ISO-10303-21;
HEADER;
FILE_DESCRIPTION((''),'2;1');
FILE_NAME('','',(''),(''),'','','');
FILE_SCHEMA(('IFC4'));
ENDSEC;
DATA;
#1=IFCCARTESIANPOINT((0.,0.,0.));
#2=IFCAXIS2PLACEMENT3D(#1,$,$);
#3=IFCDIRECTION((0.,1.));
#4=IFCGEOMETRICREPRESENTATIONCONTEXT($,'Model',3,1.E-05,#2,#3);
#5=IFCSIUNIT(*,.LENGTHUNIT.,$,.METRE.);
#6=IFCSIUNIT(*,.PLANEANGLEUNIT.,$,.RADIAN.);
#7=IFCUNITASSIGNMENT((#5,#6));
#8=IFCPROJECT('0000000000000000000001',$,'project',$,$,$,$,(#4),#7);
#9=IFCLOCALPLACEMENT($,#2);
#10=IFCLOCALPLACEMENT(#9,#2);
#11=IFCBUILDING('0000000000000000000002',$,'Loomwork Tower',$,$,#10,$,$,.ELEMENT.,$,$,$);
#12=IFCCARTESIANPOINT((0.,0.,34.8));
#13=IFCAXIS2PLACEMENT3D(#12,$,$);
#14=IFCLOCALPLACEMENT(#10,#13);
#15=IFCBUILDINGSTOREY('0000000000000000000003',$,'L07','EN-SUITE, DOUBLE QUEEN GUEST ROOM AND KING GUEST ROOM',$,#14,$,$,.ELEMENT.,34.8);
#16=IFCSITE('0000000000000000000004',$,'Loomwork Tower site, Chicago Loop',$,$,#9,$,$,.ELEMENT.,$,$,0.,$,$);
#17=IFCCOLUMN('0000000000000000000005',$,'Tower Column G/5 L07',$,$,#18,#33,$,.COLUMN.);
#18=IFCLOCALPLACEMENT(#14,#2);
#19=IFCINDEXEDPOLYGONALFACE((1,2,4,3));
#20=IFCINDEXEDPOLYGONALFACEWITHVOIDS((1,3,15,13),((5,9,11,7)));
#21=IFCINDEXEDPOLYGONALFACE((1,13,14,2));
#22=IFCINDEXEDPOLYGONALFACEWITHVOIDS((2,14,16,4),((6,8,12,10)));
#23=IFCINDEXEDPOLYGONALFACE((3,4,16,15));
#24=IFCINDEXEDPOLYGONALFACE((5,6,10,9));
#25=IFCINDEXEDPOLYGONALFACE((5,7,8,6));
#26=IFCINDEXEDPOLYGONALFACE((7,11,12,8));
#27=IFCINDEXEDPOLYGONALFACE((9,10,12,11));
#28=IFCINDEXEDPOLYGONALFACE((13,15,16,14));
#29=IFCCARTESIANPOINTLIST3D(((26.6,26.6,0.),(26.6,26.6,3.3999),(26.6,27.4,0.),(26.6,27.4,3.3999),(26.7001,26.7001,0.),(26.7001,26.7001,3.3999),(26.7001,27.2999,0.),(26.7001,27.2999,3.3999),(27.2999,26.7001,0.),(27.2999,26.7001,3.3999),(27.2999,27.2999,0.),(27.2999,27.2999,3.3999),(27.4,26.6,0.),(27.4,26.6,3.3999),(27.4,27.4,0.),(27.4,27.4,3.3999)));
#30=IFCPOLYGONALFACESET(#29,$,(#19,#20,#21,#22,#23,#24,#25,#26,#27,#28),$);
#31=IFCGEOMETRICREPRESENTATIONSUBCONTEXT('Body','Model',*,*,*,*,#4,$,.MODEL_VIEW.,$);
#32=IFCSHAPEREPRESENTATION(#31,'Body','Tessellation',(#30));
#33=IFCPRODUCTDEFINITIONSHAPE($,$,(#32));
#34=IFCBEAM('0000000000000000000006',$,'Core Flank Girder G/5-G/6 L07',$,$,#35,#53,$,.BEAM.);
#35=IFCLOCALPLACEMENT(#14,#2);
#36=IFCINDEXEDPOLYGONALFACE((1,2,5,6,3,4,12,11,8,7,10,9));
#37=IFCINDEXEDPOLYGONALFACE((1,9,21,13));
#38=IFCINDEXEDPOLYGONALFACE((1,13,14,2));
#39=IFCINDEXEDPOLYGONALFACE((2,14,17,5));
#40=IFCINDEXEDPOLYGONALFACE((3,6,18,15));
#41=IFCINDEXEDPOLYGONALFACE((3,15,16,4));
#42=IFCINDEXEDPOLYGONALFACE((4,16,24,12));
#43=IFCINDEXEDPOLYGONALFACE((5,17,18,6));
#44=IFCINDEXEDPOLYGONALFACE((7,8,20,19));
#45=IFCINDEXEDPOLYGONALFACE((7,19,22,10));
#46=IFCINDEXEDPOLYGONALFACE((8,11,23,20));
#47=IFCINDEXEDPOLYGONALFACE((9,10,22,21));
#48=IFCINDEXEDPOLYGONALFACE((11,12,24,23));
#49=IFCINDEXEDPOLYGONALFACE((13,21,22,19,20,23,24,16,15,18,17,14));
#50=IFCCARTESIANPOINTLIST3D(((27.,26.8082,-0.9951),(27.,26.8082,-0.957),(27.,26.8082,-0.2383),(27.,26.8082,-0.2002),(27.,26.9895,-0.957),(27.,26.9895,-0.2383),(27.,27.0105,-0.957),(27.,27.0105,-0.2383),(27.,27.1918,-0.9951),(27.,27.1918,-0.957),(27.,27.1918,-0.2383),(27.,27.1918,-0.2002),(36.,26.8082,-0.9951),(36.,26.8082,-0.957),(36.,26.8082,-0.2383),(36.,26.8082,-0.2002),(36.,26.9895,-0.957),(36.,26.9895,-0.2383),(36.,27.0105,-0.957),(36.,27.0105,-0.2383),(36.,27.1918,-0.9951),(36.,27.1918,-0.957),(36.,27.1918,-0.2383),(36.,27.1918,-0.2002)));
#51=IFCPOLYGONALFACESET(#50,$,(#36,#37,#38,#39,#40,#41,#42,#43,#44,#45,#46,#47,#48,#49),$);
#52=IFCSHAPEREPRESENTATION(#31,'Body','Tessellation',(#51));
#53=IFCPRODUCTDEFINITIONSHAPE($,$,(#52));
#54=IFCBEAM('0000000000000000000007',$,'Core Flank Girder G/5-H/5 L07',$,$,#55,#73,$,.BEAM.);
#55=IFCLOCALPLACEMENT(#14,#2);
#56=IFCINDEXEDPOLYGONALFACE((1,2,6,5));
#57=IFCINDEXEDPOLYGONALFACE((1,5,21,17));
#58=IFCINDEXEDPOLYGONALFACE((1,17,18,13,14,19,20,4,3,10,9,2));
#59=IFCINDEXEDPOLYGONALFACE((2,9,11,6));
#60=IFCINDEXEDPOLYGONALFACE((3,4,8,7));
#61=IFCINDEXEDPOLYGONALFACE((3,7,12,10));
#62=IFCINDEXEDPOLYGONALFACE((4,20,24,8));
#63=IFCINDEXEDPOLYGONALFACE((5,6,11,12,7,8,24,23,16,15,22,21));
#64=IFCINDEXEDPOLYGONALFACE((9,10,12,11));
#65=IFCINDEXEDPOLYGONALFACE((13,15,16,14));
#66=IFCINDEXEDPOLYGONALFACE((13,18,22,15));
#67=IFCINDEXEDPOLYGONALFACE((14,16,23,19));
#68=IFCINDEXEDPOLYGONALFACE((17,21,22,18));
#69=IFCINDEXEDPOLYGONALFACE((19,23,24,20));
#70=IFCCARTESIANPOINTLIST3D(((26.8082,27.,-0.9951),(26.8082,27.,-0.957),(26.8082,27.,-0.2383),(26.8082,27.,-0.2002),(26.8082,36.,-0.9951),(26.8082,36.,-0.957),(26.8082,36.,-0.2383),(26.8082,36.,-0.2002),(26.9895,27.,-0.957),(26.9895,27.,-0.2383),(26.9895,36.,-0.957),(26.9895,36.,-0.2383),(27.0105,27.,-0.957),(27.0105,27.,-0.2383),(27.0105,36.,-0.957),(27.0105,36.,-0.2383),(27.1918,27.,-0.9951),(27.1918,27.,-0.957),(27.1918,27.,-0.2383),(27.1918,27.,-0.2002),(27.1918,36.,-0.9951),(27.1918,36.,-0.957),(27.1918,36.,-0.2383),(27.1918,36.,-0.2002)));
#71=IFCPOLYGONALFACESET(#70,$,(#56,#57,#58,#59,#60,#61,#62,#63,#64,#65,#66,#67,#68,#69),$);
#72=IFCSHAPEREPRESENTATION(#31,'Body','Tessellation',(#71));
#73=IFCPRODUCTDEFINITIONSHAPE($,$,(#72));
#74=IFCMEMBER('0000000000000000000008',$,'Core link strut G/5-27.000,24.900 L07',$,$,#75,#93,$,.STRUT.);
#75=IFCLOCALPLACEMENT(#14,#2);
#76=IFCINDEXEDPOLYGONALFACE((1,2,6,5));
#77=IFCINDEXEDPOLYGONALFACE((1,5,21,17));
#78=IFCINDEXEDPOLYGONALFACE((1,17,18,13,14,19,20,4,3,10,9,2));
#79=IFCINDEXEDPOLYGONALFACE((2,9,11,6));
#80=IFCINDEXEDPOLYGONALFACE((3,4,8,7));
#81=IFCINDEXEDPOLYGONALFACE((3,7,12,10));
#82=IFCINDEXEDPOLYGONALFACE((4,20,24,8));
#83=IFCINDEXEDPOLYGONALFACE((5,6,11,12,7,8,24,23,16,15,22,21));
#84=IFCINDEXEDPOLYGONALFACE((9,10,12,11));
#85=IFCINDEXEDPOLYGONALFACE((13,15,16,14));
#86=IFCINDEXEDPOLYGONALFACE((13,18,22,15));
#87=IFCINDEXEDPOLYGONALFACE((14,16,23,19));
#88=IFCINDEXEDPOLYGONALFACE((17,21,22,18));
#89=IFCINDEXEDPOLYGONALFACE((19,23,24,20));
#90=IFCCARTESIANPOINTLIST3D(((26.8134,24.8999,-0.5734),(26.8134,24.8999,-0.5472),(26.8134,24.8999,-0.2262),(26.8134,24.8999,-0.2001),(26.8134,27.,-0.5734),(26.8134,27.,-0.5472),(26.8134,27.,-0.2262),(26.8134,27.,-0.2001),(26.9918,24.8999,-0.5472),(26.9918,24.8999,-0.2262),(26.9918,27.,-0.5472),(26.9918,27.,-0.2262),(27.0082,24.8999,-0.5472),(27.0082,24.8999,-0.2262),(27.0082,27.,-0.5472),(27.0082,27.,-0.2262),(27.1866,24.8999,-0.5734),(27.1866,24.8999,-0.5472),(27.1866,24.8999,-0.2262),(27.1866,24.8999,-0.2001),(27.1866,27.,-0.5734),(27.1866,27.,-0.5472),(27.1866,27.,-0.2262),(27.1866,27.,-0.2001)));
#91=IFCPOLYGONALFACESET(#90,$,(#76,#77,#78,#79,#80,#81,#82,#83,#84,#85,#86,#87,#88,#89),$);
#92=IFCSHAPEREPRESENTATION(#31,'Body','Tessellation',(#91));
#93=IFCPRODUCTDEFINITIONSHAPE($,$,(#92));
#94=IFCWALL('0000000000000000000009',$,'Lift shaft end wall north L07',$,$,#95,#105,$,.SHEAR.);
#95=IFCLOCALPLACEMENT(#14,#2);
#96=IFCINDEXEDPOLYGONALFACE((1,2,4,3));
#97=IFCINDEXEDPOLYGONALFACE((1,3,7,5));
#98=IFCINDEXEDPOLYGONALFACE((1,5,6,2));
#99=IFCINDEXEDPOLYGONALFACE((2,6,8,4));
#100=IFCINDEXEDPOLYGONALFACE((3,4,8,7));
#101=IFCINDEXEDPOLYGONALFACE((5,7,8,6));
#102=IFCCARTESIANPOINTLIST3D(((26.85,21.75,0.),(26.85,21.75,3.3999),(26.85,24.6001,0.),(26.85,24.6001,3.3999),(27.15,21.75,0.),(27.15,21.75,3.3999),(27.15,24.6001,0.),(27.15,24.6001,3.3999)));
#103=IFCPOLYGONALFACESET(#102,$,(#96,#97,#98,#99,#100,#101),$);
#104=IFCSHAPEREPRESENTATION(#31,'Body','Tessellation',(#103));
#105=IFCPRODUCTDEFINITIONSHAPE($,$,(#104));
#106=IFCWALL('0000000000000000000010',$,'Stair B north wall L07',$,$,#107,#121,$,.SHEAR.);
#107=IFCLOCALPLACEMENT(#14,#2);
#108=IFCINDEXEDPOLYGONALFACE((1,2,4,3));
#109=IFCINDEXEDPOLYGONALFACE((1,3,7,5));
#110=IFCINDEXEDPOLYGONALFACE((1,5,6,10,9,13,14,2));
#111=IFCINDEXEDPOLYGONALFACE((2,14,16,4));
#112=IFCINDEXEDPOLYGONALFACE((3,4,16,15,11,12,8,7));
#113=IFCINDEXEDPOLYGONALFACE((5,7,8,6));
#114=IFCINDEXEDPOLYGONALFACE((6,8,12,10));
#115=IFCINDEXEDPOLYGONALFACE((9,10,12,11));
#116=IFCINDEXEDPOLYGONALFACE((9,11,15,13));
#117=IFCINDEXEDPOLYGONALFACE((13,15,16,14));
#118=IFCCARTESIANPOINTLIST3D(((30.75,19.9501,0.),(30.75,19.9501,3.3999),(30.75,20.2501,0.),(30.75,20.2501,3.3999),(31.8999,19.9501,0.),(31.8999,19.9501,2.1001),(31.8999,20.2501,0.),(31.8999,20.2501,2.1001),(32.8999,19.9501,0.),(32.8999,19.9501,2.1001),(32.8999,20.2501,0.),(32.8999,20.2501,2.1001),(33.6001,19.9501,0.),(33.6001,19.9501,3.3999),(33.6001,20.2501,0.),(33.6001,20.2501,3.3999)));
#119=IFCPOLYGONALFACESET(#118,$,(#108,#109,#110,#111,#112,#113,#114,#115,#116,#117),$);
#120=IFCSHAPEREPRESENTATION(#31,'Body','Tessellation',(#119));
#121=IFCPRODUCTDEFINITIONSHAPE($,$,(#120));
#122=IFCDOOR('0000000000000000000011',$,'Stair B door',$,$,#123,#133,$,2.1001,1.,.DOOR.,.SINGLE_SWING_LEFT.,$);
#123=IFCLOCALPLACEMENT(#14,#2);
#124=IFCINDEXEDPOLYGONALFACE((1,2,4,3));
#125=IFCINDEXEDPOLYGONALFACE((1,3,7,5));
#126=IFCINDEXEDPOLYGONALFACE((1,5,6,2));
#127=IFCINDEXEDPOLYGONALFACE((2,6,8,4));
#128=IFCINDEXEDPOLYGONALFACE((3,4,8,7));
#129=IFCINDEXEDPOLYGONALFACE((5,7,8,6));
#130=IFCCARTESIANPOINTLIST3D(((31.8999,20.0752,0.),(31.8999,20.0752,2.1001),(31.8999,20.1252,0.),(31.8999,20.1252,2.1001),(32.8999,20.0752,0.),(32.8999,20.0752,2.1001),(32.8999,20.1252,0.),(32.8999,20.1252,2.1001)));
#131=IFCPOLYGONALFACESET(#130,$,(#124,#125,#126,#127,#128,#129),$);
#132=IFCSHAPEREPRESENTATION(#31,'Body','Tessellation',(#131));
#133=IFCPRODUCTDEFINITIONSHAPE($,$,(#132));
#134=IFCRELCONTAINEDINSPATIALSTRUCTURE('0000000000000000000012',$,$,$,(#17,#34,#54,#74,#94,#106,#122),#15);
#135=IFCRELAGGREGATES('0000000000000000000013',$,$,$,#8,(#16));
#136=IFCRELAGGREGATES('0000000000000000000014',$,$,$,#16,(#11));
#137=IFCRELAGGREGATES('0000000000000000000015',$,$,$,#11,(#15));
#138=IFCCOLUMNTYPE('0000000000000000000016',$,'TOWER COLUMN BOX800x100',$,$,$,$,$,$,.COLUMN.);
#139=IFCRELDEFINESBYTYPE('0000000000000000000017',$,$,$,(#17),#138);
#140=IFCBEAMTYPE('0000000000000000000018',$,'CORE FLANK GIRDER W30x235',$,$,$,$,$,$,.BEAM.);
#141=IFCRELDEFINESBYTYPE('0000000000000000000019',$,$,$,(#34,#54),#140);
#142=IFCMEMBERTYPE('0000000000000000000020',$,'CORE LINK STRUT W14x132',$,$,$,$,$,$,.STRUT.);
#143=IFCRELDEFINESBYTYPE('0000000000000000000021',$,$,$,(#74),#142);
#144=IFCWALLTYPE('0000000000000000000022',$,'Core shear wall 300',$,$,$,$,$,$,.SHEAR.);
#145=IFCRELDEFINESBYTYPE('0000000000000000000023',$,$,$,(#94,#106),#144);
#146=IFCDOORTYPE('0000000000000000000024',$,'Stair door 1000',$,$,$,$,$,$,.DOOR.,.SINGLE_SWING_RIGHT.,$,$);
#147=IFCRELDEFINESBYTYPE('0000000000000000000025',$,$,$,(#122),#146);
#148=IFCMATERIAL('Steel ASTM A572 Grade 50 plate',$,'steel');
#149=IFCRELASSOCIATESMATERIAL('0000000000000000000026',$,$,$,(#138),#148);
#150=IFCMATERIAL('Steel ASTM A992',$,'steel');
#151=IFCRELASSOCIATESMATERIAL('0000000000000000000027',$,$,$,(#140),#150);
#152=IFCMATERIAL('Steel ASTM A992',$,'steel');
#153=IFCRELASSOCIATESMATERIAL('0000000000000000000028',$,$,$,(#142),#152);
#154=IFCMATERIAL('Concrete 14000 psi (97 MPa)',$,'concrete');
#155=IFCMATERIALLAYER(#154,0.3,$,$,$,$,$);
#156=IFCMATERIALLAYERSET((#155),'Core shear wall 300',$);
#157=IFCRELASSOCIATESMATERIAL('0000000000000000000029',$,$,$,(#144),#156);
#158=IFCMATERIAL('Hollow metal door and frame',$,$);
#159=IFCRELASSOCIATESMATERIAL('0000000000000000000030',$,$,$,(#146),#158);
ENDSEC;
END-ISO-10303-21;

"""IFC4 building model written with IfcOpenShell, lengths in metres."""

from ifc_helpers import new_model, si_unit, direction, frame, frame_2d, origin, origin_2d, place, context, subcontext, project, spatial, rectangle, hollow_rectangle, i_section, extrude, material, layer, layer_set, material_profile, profile_set, type_object, element, fill, save


model = new_model("IFC4")

# Units and contexts
model_context = context("Model", 3, precision=1e-05, world=origin(), true_north=direction((0.0, 1.0)))
body_context = subcontext(model_context, "Body", "Model", "MODEL_VIEW")
ifc_project = project(units=[si_unit("LENGTHUNIT", "METRE"), si_unit("PLANEANGLEUNIT", "RADIAN")], contexts=[model_context])

# Site, building, storey
site_placement = place(None, origin())
site = spatial("IfcSite", under=ifc_project, at=site_placement, Name="Loomwork Tower site, Chicago Loop", CompositionType="ELEMENT", RefElevation=0.0)
building_placement = place(site_placement, origin())
building = spatial("IfcBuilding", under=site, at=building_placement, Name="Loomwork Tower", CompositionType="ELEMENT")
storey_placement = place(building_placement, frame((0.0, 0.0, 34.8)))
storey = spatial("IfcBuildingStorey", under=building, at=storey_placement, Name="L07", Description="EN-SUITE, DOUBLE QUEEN GUEST ROOM AND KING GUEST ROOM", CompositionType="ELEMENT", Elevation=34.8)

# Column
ifc_material_1 = material(Name="Steel ASTM A572 Grade 50 plate", Category="steel")
ifc_material_profile_1 = material_profile(ifc_material_1, hollow_rectangle(XDim=0.8, YDim=0.8, WallThickness=0.1001, at=origin_2d()), Name="BOX800x100")
ifc_profile_set_1 = profile_set([ifc_material_profile_1], Name="Steel ASTM A572 Grade 50 plate")
column_type = type_object("IfcColumnType", Name="TOWER COLUMN BOX800x100", PredefinedType="COLUMN", material=ifc_profile_set_1)
column_placement = place(storey_placement, frame((27.0, 27.0, 0.0), z_axis=(0.0, 0.0, 1.0), x_axis=(1.0, 0.0, 0.0)))
element("IfcColumn", 1, at=column_placement, inside=storey, type_object=column_type, Name="Tower Column G/5 L07", PredefinedType="COLUMN", context=body_context, shape_type="SweptSolid", body=[
    extrude(hollow_rectangle(XDim=0.8, YDim=0.8, WallThickness=0.1001, at=origin_2d()), origin(), (0.0, 0.0, 1.0), 3.3999),
])

# Beams
ifc_material_2 = material(Name="Steel ASTM A992", Category="steel")
ifc_material_profile_2 = material_profile(ifc_material_2, i_section(OverallWidth=0.3835, OverallDepth=0.7949, WebThickness=0.021, FlangeThickness=0.0381, at=origin_2d()), Name="W30x235")
ifc_profile_set_2 = profile_set([ifc_material_profile_2], Name="Steel ASTM A992")
beam_type = type_object("IfcBeamType", Name="CORE FLANK GIRDER W30x235", PredefinedType="BEAM", material=ifc_profile_set_2)
for number, where, z_axis, x_axis, name in (
    (2, (27.0, 27.0, -0.5977), (1.0, 0.0, 0.0), (0.0, 1.0, 0.0), "Core Flank Girder G/5-G/6 L07"),
    (3, (27.0, 27.0, -0.5977), (0.0, 1.0, 0.0), (-1.0, 0.0, 0.0), "Core Flank Girder G/5-H/5 L07"),
):
    element("IfcBeam", number, at=place(storey_placement, frame(where, z_axis=z_axis, x_axis=x_axis)), inside=storey, type_object=beam_type, Name=name, PredefinedType="BEAM", context=body_context, shape_type="SweptSolid", body=[
        extrude(i_section(OverallWidth=0.3835, OverallDepth=0.7949, WebThickness=0.021, FlangeThickness=0.0381, at=origin_2d()), origin(), (0.0, 0.0, 1.0), 9.0),
    ])

# Member
ifc_material_3 = material(Name="Steel ASTM A992", Category="steel")
ifc_material_profile_3 = material_profile(ifc_material_3, i_section(OverallWidth=0.3733, OverallDepth=0.3733, WebThickness=0.0164, FlangeThickness=0.0261, at=origin_2d()), Name="W14x132")
ifc_profile_set_3 = profile_set([ifc_material_profile_3], Name="Steel ASTM A992")
member_type = type_object("IfcMemberType", Name="CORE LINK STRUT W14x132", PredefinedType="STRUT", material=ifc_profile_set_3)
member_placement = place(storey_placement, frame((27.0, 27.0, -0.3867), z_axis=(0.0, -1.0, 0.0), x_axis=(1.0, 0.0, 0.0)))
element("IfcMember", 4, at=member_placement, inside=storey, type_object=member_type, Name="Core link strut G/5-27.000,24.900 L07", PredefinedType="STRUT", context=body_context, shape_type="SweptSolid", body=[
    extrude(i_section(OverallWidth=0.3733, OverallDepth=0.3733, WebThickness=0.0164, FlangeThickness=0.0261, at=origin_2d()), origin(), (0.0, 0.0, 1.0), 2.1001),
])

# Wall
ifc_material_4 = material(Name="Concrete 14000 psi (97 MPa)", Category="concrete")
ifc_layer_1 = layer(ifc_material_4, 0.3)
ifc_layer_set_1 = layer_set([ifc_layer_1], Name="Core shear wall 300")
wall_type_1 = type_object("IfcWallType", Name="Core shear wall 300", PredefinedType="SHEAR", material=ifc_layer_set_1)
wall_1_placement = place(storey_placement, frame((27.0, 21.75, 0.0), z_axis=(0.0, 0.0, 1.0), x_axis=(0.0, 1.0, 0.0)))
element("IfcWall", 5, at=wall_1_placement, inside=storey, type_object=wall_type_1, Name="Lift shaft end wall north L07", PredefinedType="SHEAR", context=body_context, shape_type="SweptSolid", body=[
    extrude(rectangle(XDim=2.8501, YDim=0.3, at=frame_2d((1.425, 0.0))), origin(), (0.0, 0.0, 1.0), 3.3999),
])

# Wall, opening, door
wall_2_placement = place(storey_placement, frame((30.75, 20.1001, 0.0), z_axis=(0.0, 0.0, 1.0), x_axis=(1.0, 0.0, 0.0)))
wall_2 = element("IfcWall", 6, at=wall_2_placement, inside=storey, type_object=wall_type_1, Name="Stair B north wall L07", PredefinedType="SHEAR", context=body_context, shape_type="SweptSolid", body=[
    extrude(rectangle(XDim=2.8501, YDim=0.3, at=frame_2d((1.425, 0.0))), origin(), (0.0, 0.0, 1.0), 3.3999),
])
opening_1_placement = place(wall_2_placement, frame((1.1499, 0.0, 0.0)))
opening_1 = element("IfcOpeningElement", 7, at=opening_1_placement, cuts=wall_2, PredefinedType="OPENING", context=body_context, shape_type="SweptSolid", body=[
    extrude(rectangle(XDim=1.0, YDim=2.1001, at=frame_2d((0.5, 1.05))), frame((0.0, 0.1599, 0.0), z_axis=(0.0, -1.0, 0.0), x_axis=(1.0, 0.0, 0.0)), (0.0, 0.0, 1.0), 0.3201),
])
ifc_material_5 = material(Name="Hollow metal door and frame")
door_type_1 = type_object("IfcDoorType", Name="Stair door 1000", OperationType="SINGLE_SWING_RIGHT", PredefinedType="DOOR", material=ifc_material_5)
door_1_placement = place(opening_1_placement, frame((1.0, 0.0, 0.0), z_axis=(0.0, 0.0, 1.0), x_axis=(-1.0, 0.0, 0.0)))
door_1 = element("IfcDoor", 8, at=door_1_placement, inside=storey, type_object=door_type_1, Name="Stair B door", OperationType="SINGLE_SWING_LEFT", OverallHeight=2.1001, OverallWidth=1.0, PredefinedType="DOOR", context=body_context, shape_type="SweptSolid", body=[
    extrude(rectangle(XDim=1.0, YDim=2.1001, at=frame_2d((0.5, 1.05))), frame((0.0, 0.0249, 0.0), z_axis=(0.0, -1.0, 0.0), x_axis=(1.0, 0.0, 0.0)), (0.0, 0.0, 1.0), 0.05),
])
fill(opening_1, door_1)

save(model, "model.ifc")
